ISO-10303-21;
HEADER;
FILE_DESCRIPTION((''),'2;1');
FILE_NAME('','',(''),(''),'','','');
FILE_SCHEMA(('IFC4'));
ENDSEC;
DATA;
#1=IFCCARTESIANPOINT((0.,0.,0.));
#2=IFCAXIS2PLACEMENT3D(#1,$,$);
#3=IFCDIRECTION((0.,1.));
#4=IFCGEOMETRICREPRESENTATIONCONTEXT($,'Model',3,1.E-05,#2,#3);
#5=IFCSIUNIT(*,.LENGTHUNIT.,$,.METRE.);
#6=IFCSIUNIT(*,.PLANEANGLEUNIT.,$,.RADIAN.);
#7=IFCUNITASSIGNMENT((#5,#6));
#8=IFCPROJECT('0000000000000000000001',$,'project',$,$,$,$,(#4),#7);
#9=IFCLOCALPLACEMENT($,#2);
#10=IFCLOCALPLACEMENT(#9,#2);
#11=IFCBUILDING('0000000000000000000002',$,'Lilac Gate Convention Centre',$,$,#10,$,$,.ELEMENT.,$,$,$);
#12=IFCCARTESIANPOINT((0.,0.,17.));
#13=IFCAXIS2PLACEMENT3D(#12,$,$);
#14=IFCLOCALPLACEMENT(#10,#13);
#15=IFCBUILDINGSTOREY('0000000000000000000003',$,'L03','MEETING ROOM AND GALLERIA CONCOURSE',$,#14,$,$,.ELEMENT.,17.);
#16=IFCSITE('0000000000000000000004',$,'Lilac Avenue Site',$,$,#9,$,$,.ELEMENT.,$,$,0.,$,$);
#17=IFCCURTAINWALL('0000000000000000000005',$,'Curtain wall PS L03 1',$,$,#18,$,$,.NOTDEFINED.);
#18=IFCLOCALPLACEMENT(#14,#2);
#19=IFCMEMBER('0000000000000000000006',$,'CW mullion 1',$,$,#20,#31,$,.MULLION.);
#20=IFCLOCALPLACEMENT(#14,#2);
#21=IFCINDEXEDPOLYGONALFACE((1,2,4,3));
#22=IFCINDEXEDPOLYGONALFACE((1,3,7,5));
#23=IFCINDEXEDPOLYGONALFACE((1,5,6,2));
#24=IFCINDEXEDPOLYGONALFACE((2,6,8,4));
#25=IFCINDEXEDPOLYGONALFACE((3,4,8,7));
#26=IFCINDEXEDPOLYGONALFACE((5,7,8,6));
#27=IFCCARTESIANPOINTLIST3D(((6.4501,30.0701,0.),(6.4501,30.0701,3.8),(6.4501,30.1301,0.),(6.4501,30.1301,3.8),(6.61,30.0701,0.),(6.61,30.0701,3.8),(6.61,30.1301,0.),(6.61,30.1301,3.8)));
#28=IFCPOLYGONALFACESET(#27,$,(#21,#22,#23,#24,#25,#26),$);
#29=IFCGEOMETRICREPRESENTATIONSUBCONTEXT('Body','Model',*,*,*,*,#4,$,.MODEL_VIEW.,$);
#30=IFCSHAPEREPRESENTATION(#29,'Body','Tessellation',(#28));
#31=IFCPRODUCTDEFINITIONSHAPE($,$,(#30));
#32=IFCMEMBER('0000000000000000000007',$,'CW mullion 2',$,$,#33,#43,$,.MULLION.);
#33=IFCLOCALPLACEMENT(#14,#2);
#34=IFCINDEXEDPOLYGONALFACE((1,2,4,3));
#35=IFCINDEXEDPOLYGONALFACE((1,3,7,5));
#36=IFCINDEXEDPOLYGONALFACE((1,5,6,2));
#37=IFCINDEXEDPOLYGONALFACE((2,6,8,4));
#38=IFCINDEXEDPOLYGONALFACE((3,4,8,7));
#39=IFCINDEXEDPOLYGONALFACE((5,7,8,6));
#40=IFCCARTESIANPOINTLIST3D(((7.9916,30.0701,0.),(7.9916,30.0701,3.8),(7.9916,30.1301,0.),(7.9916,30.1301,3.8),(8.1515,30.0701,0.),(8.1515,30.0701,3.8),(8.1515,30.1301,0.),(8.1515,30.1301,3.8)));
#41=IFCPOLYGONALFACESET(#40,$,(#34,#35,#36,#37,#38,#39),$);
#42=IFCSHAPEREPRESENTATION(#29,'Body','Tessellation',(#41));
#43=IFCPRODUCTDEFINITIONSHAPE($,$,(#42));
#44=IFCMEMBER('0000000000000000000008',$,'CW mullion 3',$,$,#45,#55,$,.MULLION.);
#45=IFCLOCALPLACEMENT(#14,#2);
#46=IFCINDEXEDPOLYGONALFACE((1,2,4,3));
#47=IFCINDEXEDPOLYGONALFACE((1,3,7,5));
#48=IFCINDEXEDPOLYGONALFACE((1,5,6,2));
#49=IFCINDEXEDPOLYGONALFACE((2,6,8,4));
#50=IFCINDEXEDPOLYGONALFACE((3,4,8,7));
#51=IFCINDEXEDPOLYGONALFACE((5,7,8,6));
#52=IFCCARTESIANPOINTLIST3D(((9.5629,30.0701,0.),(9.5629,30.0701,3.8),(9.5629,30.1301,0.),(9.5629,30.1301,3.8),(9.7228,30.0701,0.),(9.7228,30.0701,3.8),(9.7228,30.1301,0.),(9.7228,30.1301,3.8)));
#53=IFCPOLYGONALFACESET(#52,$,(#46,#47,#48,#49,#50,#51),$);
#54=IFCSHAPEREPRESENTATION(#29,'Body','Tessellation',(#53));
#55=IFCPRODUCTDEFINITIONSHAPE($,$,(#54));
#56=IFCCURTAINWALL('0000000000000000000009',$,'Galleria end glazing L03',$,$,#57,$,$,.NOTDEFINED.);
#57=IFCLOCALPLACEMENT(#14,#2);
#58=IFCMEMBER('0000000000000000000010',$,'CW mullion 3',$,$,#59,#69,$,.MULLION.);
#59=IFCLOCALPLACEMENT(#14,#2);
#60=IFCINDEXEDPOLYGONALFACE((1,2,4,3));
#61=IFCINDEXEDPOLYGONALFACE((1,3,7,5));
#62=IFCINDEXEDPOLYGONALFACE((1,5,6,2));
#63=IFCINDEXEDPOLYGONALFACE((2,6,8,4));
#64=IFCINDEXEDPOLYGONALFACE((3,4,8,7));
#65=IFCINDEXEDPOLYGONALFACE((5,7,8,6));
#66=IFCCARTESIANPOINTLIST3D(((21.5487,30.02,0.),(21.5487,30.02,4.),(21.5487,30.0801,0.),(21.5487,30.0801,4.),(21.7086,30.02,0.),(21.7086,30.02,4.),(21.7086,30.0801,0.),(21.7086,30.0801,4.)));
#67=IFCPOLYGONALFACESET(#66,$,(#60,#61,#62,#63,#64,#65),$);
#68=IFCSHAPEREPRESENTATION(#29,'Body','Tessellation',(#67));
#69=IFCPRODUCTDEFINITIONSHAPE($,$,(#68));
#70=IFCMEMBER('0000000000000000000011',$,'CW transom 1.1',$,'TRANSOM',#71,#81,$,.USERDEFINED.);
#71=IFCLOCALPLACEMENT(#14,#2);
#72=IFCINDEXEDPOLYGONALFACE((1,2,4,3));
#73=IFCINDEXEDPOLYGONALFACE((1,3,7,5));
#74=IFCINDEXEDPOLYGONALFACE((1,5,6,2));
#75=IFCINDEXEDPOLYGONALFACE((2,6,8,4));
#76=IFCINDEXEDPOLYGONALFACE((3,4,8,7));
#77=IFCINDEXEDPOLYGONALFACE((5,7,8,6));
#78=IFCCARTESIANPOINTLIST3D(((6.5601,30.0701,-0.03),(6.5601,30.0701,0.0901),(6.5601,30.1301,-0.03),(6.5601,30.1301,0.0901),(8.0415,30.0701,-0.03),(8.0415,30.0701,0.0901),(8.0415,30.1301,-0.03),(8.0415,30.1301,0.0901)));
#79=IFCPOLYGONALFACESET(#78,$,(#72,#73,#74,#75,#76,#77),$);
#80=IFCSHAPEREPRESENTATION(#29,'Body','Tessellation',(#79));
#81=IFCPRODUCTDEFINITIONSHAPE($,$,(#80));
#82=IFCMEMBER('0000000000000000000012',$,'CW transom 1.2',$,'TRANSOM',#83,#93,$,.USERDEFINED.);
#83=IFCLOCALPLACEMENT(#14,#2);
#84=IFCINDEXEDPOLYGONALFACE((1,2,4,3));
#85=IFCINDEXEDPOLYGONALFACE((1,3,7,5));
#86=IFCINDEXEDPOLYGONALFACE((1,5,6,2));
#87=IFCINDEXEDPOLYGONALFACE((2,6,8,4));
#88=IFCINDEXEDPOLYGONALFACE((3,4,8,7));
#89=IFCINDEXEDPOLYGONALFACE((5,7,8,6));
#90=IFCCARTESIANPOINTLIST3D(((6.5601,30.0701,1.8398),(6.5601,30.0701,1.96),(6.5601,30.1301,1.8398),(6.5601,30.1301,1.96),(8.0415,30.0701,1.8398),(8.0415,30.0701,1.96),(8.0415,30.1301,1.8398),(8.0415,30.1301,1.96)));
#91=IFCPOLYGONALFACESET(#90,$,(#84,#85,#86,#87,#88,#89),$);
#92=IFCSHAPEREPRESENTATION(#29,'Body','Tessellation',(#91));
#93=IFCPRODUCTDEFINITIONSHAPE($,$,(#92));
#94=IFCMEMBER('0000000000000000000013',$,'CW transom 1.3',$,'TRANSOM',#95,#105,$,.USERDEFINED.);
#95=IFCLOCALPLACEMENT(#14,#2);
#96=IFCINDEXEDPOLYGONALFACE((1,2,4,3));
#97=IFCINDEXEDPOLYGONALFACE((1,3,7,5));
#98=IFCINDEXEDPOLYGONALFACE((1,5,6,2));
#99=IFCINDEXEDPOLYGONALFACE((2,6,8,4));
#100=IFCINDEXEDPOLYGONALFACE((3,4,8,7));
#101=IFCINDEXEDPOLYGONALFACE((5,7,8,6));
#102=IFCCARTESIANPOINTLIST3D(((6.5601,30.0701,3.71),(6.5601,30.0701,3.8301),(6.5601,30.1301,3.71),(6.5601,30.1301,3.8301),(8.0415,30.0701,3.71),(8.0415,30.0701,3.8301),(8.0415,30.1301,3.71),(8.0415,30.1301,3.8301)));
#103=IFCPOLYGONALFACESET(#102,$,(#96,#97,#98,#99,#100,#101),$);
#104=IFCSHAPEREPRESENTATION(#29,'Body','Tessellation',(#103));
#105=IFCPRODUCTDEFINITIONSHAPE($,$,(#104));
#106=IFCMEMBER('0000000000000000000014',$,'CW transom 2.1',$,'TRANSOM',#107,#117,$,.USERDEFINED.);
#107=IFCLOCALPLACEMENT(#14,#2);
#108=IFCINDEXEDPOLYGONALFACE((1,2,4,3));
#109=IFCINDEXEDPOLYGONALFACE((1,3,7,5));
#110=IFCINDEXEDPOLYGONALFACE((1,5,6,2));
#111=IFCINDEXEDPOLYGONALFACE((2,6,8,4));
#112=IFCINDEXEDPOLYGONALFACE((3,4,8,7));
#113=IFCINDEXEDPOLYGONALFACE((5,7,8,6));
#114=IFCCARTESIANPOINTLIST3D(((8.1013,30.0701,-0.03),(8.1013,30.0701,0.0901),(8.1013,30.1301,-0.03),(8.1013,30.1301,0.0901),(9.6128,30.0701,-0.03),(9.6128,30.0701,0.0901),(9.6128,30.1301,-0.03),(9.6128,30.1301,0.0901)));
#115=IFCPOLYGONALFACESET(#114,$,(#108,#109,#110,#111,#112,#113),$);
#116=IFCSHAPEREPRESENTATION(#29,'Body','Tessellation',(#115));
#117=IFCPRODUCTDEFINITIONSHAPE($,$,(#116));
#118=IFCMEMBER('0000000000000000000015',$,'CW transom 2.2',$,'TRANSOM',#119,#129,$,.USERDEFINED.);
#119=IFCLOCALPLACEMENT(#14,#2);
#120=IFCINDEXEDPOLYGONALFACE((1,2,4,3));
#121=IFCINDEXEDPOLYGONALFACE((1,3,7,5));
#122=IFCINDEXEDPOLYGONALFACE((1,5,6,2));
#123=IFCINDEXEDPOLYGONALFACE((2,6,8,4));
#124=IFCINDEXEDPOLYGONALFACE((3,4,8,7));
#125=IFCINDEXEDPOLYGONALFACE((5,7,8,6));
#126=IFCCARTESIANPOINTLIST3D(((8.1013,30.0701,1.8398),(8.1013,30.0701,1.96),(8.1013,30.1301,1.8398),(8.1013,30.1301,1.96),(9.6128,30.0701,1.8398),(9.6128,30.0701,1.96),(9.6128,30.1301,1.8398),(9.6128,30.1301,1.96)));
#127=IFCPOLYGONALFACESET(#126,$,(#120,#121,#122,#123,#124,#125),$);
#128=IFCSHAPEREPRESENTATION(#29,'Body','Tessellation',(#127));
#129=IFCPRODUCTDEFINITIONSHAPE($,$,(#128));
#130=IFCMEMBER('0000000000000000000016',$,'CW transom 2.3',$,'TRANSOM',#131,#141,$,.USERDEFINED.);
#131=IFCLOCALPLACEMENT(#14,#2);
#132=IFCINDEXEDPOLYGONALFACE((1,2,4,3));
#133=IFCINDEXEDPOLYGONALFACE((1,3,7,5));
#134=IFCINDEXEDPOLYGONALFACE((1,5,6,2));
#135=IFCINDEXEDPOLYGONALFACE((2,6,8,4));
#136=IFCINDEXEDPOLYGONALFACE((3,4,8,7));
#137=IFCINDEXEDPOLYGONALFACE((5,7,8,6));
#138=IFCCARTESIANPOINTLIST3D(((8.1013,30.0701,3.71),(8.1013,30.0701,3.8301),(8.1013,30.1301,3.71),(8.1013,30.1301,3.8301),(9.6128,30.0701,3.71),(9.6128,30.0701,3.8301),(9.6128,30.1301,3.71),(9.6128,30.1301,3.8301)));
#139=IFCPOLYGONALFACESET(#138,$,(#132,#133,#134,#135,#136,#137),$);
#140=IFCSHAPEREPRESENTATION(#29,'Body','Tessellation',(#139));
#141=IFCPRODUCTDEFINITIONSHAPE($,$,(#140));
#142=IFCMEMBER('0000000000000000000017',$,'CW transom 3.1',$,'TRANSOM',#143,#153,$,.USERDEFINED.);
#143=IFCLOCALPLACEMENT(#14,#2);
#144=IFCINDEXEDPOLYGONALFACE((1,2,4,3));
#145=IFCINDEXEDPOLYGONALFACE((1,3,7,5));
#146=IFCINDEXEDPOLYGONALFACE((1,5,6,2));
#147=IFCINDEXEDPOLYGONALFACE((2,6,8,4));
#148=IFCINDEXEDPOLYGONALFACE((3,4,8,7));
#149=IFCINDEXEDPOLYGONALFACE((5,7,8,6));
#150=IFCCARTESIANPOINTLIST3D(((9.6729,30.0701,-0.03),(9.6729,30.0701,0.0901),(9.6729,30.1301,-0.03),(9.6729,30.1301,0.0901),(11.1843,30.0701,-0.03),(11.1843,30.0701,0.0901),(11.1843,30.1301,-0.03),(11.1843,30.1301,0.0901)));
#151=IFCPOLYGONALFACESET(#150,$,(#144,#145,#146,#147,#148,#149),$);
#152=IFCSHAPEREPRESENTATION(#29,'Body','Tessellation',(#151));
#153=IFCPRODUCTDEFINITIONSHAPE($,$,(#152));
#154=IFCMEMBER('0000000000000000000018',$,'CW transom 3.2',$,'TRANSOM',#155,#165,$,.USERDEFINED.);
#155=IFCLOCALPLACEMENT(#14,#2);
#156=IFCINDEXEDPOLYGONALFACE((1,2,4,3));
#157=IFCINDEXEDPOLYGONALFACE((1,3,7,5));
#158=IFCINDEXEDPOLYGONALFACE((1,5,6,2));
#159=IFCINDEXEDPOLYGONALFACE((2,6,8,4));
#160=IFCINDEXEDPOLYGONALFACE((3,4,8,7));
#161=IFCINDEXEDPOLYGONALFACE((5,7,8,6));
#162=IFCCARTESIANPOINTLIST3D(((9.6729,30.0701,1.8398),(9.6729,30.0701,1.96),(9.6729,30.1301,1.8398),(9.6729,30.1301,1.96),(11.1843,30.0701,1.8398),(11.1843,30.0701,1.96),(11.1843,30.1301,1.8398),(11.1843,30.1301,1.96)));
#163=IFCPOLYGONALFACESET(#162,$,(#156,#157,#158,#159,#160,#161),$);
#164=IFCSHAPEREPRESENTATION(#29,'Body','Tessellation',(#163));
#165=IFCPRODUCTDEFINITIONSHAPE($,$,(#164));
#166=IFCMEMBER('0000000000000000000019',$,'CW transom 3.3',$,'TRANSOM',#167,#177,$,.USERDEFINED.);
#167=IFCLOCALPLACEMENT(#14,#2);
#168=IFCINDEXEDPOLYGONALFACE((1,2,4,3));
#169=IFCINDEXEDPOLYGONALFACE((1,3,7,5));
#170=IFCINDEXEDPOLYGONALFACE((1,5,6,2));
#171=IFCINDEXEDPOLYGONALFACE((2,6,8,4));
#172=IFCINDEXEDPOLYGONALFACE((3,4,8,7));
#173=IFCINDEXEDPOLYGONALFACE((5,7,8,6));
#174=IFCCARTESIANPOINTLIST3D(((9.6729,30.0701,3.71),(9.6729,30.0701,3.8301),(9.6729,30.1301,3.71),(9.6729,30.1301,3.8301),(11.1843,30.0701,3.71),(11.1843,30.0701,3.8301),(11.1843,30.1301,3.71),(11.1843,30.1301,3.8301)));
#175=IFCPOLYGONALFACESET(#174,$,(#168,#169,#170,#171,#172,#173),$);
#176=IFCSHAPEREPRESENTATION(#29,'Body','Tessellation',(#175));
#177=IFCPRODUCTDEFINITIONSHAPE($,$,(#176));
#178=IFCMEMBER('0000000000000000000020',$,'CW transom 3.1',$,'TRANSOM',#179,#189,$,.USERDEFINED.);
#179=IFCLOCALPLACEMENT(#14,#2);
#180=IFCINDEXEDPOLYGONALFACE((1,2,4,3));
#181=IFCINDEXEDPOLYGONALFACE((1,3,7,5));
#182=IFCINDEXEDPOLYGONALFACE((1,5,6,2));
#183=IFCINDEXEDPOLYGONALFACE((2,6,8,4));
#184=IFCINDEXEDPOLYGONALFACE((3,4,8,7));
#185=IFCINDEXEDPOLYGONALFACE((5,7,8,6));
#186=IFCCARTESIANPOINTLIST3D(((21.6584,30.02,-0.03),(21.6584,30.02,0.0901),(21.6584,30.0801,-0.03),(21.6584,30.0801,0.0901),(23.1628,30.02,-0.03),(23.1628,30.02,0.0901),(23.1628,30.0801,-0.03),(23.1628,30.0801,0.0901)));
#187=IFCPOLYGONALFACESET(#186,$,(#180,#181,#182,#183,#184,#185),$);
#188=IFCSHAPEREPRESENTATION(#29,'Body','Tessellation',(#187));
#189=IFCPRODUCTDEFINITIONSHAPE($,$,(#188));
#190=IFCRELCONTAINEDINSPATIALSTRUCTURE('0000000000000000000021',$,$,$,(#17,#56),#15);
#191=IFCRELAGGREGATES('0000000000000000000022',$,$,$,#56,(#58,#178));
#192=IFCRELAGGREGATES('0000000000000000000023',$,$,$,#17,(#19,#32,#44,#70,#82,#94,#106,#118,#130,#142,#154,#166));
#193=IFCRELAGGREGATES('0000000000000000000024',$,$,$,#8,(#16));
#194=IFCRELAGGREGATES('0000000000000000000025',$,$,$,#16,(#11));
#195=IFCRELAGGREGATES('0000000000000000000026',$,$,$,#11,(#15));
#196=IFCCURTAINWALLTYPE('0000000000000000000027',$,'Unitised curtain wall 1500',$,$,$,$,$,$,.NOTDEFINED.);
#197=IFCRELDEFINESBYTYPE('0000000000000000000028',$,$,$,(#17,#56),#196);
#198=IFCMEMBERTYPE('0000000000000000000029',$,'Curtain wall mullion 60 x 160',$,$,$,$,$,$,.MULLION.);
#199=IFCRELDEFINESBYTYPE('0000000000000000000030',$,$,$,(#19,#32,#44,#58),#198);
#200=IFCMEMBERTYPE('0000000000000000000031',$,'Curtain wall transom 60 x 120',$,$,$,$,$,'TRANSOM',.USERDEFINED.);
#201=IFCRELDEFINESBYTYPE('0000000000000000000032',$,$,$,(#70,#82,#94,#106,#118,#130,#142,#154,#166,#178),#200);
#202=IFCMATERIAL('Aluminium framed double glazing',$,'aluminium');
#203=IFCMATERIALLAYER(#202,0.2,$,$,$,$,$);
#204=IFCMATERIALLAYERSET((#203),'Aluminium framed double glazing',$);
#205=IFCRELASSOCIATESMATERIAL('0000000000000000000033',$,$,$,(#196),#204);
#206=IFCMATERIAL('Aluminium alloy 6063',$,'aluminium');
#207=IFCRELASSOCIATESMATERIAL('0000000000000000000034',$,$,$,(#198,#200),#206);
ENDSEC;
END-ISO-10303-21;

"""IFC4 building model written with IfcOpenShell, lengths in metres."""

from ifc_helpers import new_model, si_unit, direction, frame, origin, origin_2d, place, context, subcontext, project, spatial, rectangle, extrude, material, layer, layer_set, material_profile, profile_set, type_object, element, aggregate, save


model = new_model("IFC4")

# Units and contexts
model_context = context("Model", 3, precision=1e-05, world=origin(), true_north=direction((0.0, 1.0)))
body_context = subcontext(model_context, "Body", "Model", "MODEL_VIEW")
ifc_project = project(units=[si_unit("LENGTHUNIT", "METRE"), si_unit("PLANEANGLEUNIT", "RADIAN")], contexts=[model_context])

# Site, building, storey
site_placement = place(None, origin())
site = spatial("IfcSite", under=ifc_project, at=site_placement, Name="Lilac Avenue Site", CompositionType="ELEMENT", RefElevation=0.0)
building_placement = place(site_placement, origin())
building = spatial("IfcBuilding", under=site, at=building_placement, Name="Lilac Gate Convention Centre", CompositionType="ELEMENT")
storey_placement = place(building_placement, frame((0.0, 0.0, 17.0)))
storey = spatial("IfcBuildingStorey", under=building, at=storey_placement, Name="L03", Description="MEETING ROOM AND GALLERIA CONCOURSE", CompositionType="ELEMENT", Elevation=17.0)

# Curtain wall, members
ifc_material_1 = material(Name="Aluminium framed double glazing", Category="aluminium")
ifc_layer_1 = layer(ifc_material_1, 0.2)
ifc_layer_set_1 = layer_set([ifc_layer_1], Name="Aluminium framed double glazing")
curtain_wall_type = type_object("IfcCurtainWallType", Name="Unitised curtain wall 1500", PredefinedType="NOTDEFINED", material=ifc_layer_set_1)
curtain_wall_1_placement = place(storey_placement, origin())
curtain_wall_1 = element("IfcCurtainWall", 1, at=curtain_wall_1_placement, inside=storey, type_object=curtain_wall_type, Name="Curtain wall PS L03 1", PredefinedType="NOTDEFINED")
ifc_material_2 = material(Name="Aluminium alloy 6063", Category="aluminium")
ifc_material_profile_1 = material_profile(ifc_material_2, rectangle(XDim=0.0601, YDim=0.1599, at=origin_2d()), Name="Curtain wall mullion 60 x 160")
ifc_profile_set_1 = profile_set([ifc_material_profile_1], Name="Aluminium alloy 6063")
member_type_1 = type_object("IfcMemberType", Name="Curtain wall mullion 60 x 160", PredefinedType="MULLION", material=ifc_profile_set_1)
member_1_placement = place(storey_placement, frame((6.53, 30.1001, 0.0), z_axis=(0.0, 0.0, 1.0), x_axis=(0.0, 1.0, 0.0)))
member_1 = element("IfcMember", 2, at=member_1_placement, type_object=member_type_1, Name="CW mullion 1", PredefinedType="MULLION", context=body_context, shape_type="SweptSolid", body=[
    extrude(rectangle(XDim=0.0601, YDim=0.1599, at=origin_2d()), origin(), (0.0, 0.0, 1.0), 3.8),
])
member_2_placement = place(storey_placement, frame((8.0715, 30.1001, 0.0), z_axis=(0.0, 0.0, 1.0), x_axis=(0.0, 1.0, 0.0)))
member_2 = element("IfcMember", 3, at=member_2_placement, type_object=member_type_1, Name="CW mullion 2", PredefinedType="MULLION", context=body_context, shape_type="SweptSolid", body=[
    extrude(rectangle(XDim=0.0601, YDim=0.1599, at=origin_2d()), origin(), (0.0, 0.0, 1.0), 3.8),
])
member_3_placement = place(storey_placement, frame((9.6428, 30.1001, 0.0), z_axis=(0.0, 0.0, 1.0), x_axis=(0.0, 1.0, 0.0)))
member_3 = element("IfcMember", 4, at=member_3_placement, type_object=member_type_1, Name="CW mullion 3", PredefinedType="MULLION", context=body_context, shape_type="SweptSolid", body=[
    extrude(rectangle(XDim=0.0601, YDim=0.1599, at=origin_2d()), origin(), (0.0, 0.0, 1.0), 3.8),
])

# Curtain wall, member
curtain_wall_2_placement = place(storey_placement, origin())
curtain_wall_2 = element("IfcCurtainWall", 5, at=curtain_wall_2_placement, inside=storey, type_object=curtain_wall_type, Name="Galleria end glazing L03", PredefinedType="NOTDEFINED")
member_4_placement = place(storey_placement, frame((21.6287, 30.05, 0.0), z_axis=(0.0, 0.0, 1.0), x_axis=(0.0, 1.0, 0.0)))
member_4 = element("IfcMember", 6, at=member_4_placement, type_object=member_type_1, Name="CW mullion 3", PredefinedType="MULLION", context=body_context, shape_type="SweptSolid", body=[
    extrude(rectangle(XDim=0.0601, YDim=0.1599, at=origin_2d()), origin(), (0.0, 0.0, 1.0), 4.0),
])

# Members
ifc_material_profile_2 = material_profile(ifc_material_2, rectangle(XDim=0.0601, YDim=0.1201, at=origin_2d()), Name="Curtain wall transom 60 x 120")
ifc_profile_set_2 = profile_set([ifc_material_profile_2], Name="Aluminium alloy 6063")
member_type_2 = type_object("IfcMemberType", Name="Curtain wall transom 60 x 120", ElementType="TRANSOM", PredefinedType="USERDEFINED", material=ifc_profile_set_2)
member_5_placement = place(storey_placement, frame((6.5601, 30.1001, 0.03), z_axis=(1.0, 0.0, 0.0), x_axis=(0.0, 1.0, 0.0)))
member_5 = element("IfcMember", 7, at=member_5_placement, type_object=member_type_2, Name="CW transom 1.1", ObjectType="TRANSOM", PredefinedType="USERDEFINED", context=body_context, shape_type="SweptSolid", body=[
    extrude(rectangle(XDim=0.0601, YDim=0.1201, at=origin_2d()), origin(), (0.0, 0.0, 1.0), 1.4814),
])
member_6_placement = place(storey_placement, frame((6.5601, 30.1001, 1.8999), z_axis=(1.0, 0.0, 0.0), x_axis=(0.0, 1.0, 0.0)))
member_6 = element("IfcMember", 8, at=member_6_placement, type_object=member_type_2, Name="CW transom 1.2", ObjectType="TRANSOM", PredefinedType="USERDEFINED", context=body_context, shape_type="SweptSolid", body=[
    extrude(rectangle(XDim=0.0601, YDim=0.1201, at=origin_2d()), origin(), (0.0, 0.0, 1.0), 1.4814),
])
member_7_placement = place(storey_placement, frame((6.5601, 30.1001, 3.77), z_axis=(1.0, 0.0, 0.0), x_axis=(0.0, 1.0, 0.0)))
member_7 = element("IfcMember", 9, at=member_7_placement, type_object=member_type_2, Name="CW transom 1.3", ObjectType="TRANSOM", PredefinedType="USERDEFINED", context=body_context, shape_type="SweptSolid", body=[
    extrude(rectangle(XDim=0.0601, YDim=0.1201, at=origin_2d()), origin(), (0.0, 0.0, 1.0), 1.4814),
])
member_8_placement = place(storey_placement, frame((8.1013, 30.1001, 0.03), z_axis=(1.0, 0.0, 0.0), x_axis=(0.0, 1.0, 0.0)))
member_8 = element("IfcMember", 10, at=member_8_placement, type_object=member_type_2, Name="CW transom 2.1", ObjectType="TRANSOM", PredefinedType="USERDEFINED", context=body_context, shape_type="SweptSolid", body=[
    extrude(rectangle(XDim=0.0601, YDim=0.1201, at=origin_2d()), origin(), (0.0, 0.0, 1.0), 1.5115),
])
member_9_placement = place(storey_placement, frame((8.1013, 30.1001, 1.8999), z_axis=(1.0, 0.0, 0.0), x_axis=(0.0, 1.0, 0.0)))
member_9 = element("IfcMember", 11, at=member_9_placement, type_object=member_type_2, Name="CW transom 2.2", ObjectType="TRANSOM", PredefinedType="USERDEFINED", context=body_context, shape_type="SweptSolid", body=[
    extrude(rectangle(XDim=0.0601, YDim=0.1201, at=origin_2d()), origin(), (0.0, 0.0, 1.0), 1.5115),
])
member_10_placement = place(storey_placement, frame((8.1013, 30.1001, 3.77), z_axis=(1.0, 0.0, 0.0), x_axis=(0.0, 1.0, 0.0)))
member_10 = element("IfcMember", 12, at=member_10_placement, type_object=member_type_2, Name="CW transom 2.3", ObjectType="TRANSOM", PredefinedType="USERDEFINED", context=body_context, shape_type="SweptSolid", body=[
    extrude(rectangle(XDim=0.0601, YDim=0.1201, at=origin_2d()), origin(), (0.0, 0.0, 1.0), 1.5115),
])
member_11_placement = place(storey_placement, frame((9.6729, 30.1001, 0.03), z_axis=(1.0, 0.0, 0.0), x_axis=(0.0, 1.0, 0.0)))
member_11 = element("IfcMember", 13, at=member_11_placement, type_object=member_type_2, Name="CW transom 3.1", ObjectType="TRANSOM", PredefinedType="USERDEFINED", context=body_context, shape_type="SweptSolid", body=[
    extrude(rectangle(XDim=0.0601, YDim=0.1201, at=origin_2d()), origin(), (0.0, 0.0, 1.0), 1.5115),
])
member_12_placement = place(storey_placement, frame((9.6729, 30.1001, 1.8999), z_axis=(1.0, 0.0, 0.0), x_axis=(0.0, 1.0, 0.0)))
member_12 = element("IfcMember", 14, at=member_12_placement, type_object=member_type_2, Name="CW transom 3.2", ObjectType="TRANSOM", PredefinedType="USERDEFINED", context=body_context, shape_type="SweptSolid", body=[
    extrude(rectangle(XDim=0.0601, YDim=0.1201, at=origin_2d()), origin(), (0.0, 0.0, 1.0), 1.5115),
])
member_13_placement = place(storey_placement, frame((9.6729, 30.1001, 3.77), z_axis=(1.0, 0.0, 0.0), x_axis=(0.0, 1.0, 0.0)))
member_13 = element("IfcMember", 15, at=member_13_placement, type_object=member_type_2, Name="CW transom 3.3", ObjectType="TRANSOM", PredefinedType="USERDEFINED", context=body_context, shape_type="SweptSolid", body=[
    extrude(rectangle(XDim=0.0601, YDim=0.1201, at=origin_2d()), origin(), (0.0, 0.0, 1.0), 1.5115),
])
member_14_placement = place(storey_placement, frame((21.6584, 30.05, 0.03), z_axis=(1.0, 0.0, 0.0), x_axis=(0.0, 1.0, 0.0)))
member_14 = element("IfcMember", 16, at=member_14_placement, type_object=member_type_2, Name="CW transom 3.1", ObjectType="TRANSOM", PredefinedType="USERDEFINED", context=body_context, shape_type="SweptSolid", body=[
    extrude(rectangle(XDim=0.0601, YDim=0.1201, at=origin_2d()), origin(), (0.0, 0.0, 1.0), 1.5044),
])
aggregate(curtain_wall_2, [member_4, member_14])

aggregate(curtain_wall_1, [member_1, member_2, member_3, member_5, member_6, member_7, member_8, member_9, member_10, member_11, member_12, member_13])

save(model, "model.ifc")
